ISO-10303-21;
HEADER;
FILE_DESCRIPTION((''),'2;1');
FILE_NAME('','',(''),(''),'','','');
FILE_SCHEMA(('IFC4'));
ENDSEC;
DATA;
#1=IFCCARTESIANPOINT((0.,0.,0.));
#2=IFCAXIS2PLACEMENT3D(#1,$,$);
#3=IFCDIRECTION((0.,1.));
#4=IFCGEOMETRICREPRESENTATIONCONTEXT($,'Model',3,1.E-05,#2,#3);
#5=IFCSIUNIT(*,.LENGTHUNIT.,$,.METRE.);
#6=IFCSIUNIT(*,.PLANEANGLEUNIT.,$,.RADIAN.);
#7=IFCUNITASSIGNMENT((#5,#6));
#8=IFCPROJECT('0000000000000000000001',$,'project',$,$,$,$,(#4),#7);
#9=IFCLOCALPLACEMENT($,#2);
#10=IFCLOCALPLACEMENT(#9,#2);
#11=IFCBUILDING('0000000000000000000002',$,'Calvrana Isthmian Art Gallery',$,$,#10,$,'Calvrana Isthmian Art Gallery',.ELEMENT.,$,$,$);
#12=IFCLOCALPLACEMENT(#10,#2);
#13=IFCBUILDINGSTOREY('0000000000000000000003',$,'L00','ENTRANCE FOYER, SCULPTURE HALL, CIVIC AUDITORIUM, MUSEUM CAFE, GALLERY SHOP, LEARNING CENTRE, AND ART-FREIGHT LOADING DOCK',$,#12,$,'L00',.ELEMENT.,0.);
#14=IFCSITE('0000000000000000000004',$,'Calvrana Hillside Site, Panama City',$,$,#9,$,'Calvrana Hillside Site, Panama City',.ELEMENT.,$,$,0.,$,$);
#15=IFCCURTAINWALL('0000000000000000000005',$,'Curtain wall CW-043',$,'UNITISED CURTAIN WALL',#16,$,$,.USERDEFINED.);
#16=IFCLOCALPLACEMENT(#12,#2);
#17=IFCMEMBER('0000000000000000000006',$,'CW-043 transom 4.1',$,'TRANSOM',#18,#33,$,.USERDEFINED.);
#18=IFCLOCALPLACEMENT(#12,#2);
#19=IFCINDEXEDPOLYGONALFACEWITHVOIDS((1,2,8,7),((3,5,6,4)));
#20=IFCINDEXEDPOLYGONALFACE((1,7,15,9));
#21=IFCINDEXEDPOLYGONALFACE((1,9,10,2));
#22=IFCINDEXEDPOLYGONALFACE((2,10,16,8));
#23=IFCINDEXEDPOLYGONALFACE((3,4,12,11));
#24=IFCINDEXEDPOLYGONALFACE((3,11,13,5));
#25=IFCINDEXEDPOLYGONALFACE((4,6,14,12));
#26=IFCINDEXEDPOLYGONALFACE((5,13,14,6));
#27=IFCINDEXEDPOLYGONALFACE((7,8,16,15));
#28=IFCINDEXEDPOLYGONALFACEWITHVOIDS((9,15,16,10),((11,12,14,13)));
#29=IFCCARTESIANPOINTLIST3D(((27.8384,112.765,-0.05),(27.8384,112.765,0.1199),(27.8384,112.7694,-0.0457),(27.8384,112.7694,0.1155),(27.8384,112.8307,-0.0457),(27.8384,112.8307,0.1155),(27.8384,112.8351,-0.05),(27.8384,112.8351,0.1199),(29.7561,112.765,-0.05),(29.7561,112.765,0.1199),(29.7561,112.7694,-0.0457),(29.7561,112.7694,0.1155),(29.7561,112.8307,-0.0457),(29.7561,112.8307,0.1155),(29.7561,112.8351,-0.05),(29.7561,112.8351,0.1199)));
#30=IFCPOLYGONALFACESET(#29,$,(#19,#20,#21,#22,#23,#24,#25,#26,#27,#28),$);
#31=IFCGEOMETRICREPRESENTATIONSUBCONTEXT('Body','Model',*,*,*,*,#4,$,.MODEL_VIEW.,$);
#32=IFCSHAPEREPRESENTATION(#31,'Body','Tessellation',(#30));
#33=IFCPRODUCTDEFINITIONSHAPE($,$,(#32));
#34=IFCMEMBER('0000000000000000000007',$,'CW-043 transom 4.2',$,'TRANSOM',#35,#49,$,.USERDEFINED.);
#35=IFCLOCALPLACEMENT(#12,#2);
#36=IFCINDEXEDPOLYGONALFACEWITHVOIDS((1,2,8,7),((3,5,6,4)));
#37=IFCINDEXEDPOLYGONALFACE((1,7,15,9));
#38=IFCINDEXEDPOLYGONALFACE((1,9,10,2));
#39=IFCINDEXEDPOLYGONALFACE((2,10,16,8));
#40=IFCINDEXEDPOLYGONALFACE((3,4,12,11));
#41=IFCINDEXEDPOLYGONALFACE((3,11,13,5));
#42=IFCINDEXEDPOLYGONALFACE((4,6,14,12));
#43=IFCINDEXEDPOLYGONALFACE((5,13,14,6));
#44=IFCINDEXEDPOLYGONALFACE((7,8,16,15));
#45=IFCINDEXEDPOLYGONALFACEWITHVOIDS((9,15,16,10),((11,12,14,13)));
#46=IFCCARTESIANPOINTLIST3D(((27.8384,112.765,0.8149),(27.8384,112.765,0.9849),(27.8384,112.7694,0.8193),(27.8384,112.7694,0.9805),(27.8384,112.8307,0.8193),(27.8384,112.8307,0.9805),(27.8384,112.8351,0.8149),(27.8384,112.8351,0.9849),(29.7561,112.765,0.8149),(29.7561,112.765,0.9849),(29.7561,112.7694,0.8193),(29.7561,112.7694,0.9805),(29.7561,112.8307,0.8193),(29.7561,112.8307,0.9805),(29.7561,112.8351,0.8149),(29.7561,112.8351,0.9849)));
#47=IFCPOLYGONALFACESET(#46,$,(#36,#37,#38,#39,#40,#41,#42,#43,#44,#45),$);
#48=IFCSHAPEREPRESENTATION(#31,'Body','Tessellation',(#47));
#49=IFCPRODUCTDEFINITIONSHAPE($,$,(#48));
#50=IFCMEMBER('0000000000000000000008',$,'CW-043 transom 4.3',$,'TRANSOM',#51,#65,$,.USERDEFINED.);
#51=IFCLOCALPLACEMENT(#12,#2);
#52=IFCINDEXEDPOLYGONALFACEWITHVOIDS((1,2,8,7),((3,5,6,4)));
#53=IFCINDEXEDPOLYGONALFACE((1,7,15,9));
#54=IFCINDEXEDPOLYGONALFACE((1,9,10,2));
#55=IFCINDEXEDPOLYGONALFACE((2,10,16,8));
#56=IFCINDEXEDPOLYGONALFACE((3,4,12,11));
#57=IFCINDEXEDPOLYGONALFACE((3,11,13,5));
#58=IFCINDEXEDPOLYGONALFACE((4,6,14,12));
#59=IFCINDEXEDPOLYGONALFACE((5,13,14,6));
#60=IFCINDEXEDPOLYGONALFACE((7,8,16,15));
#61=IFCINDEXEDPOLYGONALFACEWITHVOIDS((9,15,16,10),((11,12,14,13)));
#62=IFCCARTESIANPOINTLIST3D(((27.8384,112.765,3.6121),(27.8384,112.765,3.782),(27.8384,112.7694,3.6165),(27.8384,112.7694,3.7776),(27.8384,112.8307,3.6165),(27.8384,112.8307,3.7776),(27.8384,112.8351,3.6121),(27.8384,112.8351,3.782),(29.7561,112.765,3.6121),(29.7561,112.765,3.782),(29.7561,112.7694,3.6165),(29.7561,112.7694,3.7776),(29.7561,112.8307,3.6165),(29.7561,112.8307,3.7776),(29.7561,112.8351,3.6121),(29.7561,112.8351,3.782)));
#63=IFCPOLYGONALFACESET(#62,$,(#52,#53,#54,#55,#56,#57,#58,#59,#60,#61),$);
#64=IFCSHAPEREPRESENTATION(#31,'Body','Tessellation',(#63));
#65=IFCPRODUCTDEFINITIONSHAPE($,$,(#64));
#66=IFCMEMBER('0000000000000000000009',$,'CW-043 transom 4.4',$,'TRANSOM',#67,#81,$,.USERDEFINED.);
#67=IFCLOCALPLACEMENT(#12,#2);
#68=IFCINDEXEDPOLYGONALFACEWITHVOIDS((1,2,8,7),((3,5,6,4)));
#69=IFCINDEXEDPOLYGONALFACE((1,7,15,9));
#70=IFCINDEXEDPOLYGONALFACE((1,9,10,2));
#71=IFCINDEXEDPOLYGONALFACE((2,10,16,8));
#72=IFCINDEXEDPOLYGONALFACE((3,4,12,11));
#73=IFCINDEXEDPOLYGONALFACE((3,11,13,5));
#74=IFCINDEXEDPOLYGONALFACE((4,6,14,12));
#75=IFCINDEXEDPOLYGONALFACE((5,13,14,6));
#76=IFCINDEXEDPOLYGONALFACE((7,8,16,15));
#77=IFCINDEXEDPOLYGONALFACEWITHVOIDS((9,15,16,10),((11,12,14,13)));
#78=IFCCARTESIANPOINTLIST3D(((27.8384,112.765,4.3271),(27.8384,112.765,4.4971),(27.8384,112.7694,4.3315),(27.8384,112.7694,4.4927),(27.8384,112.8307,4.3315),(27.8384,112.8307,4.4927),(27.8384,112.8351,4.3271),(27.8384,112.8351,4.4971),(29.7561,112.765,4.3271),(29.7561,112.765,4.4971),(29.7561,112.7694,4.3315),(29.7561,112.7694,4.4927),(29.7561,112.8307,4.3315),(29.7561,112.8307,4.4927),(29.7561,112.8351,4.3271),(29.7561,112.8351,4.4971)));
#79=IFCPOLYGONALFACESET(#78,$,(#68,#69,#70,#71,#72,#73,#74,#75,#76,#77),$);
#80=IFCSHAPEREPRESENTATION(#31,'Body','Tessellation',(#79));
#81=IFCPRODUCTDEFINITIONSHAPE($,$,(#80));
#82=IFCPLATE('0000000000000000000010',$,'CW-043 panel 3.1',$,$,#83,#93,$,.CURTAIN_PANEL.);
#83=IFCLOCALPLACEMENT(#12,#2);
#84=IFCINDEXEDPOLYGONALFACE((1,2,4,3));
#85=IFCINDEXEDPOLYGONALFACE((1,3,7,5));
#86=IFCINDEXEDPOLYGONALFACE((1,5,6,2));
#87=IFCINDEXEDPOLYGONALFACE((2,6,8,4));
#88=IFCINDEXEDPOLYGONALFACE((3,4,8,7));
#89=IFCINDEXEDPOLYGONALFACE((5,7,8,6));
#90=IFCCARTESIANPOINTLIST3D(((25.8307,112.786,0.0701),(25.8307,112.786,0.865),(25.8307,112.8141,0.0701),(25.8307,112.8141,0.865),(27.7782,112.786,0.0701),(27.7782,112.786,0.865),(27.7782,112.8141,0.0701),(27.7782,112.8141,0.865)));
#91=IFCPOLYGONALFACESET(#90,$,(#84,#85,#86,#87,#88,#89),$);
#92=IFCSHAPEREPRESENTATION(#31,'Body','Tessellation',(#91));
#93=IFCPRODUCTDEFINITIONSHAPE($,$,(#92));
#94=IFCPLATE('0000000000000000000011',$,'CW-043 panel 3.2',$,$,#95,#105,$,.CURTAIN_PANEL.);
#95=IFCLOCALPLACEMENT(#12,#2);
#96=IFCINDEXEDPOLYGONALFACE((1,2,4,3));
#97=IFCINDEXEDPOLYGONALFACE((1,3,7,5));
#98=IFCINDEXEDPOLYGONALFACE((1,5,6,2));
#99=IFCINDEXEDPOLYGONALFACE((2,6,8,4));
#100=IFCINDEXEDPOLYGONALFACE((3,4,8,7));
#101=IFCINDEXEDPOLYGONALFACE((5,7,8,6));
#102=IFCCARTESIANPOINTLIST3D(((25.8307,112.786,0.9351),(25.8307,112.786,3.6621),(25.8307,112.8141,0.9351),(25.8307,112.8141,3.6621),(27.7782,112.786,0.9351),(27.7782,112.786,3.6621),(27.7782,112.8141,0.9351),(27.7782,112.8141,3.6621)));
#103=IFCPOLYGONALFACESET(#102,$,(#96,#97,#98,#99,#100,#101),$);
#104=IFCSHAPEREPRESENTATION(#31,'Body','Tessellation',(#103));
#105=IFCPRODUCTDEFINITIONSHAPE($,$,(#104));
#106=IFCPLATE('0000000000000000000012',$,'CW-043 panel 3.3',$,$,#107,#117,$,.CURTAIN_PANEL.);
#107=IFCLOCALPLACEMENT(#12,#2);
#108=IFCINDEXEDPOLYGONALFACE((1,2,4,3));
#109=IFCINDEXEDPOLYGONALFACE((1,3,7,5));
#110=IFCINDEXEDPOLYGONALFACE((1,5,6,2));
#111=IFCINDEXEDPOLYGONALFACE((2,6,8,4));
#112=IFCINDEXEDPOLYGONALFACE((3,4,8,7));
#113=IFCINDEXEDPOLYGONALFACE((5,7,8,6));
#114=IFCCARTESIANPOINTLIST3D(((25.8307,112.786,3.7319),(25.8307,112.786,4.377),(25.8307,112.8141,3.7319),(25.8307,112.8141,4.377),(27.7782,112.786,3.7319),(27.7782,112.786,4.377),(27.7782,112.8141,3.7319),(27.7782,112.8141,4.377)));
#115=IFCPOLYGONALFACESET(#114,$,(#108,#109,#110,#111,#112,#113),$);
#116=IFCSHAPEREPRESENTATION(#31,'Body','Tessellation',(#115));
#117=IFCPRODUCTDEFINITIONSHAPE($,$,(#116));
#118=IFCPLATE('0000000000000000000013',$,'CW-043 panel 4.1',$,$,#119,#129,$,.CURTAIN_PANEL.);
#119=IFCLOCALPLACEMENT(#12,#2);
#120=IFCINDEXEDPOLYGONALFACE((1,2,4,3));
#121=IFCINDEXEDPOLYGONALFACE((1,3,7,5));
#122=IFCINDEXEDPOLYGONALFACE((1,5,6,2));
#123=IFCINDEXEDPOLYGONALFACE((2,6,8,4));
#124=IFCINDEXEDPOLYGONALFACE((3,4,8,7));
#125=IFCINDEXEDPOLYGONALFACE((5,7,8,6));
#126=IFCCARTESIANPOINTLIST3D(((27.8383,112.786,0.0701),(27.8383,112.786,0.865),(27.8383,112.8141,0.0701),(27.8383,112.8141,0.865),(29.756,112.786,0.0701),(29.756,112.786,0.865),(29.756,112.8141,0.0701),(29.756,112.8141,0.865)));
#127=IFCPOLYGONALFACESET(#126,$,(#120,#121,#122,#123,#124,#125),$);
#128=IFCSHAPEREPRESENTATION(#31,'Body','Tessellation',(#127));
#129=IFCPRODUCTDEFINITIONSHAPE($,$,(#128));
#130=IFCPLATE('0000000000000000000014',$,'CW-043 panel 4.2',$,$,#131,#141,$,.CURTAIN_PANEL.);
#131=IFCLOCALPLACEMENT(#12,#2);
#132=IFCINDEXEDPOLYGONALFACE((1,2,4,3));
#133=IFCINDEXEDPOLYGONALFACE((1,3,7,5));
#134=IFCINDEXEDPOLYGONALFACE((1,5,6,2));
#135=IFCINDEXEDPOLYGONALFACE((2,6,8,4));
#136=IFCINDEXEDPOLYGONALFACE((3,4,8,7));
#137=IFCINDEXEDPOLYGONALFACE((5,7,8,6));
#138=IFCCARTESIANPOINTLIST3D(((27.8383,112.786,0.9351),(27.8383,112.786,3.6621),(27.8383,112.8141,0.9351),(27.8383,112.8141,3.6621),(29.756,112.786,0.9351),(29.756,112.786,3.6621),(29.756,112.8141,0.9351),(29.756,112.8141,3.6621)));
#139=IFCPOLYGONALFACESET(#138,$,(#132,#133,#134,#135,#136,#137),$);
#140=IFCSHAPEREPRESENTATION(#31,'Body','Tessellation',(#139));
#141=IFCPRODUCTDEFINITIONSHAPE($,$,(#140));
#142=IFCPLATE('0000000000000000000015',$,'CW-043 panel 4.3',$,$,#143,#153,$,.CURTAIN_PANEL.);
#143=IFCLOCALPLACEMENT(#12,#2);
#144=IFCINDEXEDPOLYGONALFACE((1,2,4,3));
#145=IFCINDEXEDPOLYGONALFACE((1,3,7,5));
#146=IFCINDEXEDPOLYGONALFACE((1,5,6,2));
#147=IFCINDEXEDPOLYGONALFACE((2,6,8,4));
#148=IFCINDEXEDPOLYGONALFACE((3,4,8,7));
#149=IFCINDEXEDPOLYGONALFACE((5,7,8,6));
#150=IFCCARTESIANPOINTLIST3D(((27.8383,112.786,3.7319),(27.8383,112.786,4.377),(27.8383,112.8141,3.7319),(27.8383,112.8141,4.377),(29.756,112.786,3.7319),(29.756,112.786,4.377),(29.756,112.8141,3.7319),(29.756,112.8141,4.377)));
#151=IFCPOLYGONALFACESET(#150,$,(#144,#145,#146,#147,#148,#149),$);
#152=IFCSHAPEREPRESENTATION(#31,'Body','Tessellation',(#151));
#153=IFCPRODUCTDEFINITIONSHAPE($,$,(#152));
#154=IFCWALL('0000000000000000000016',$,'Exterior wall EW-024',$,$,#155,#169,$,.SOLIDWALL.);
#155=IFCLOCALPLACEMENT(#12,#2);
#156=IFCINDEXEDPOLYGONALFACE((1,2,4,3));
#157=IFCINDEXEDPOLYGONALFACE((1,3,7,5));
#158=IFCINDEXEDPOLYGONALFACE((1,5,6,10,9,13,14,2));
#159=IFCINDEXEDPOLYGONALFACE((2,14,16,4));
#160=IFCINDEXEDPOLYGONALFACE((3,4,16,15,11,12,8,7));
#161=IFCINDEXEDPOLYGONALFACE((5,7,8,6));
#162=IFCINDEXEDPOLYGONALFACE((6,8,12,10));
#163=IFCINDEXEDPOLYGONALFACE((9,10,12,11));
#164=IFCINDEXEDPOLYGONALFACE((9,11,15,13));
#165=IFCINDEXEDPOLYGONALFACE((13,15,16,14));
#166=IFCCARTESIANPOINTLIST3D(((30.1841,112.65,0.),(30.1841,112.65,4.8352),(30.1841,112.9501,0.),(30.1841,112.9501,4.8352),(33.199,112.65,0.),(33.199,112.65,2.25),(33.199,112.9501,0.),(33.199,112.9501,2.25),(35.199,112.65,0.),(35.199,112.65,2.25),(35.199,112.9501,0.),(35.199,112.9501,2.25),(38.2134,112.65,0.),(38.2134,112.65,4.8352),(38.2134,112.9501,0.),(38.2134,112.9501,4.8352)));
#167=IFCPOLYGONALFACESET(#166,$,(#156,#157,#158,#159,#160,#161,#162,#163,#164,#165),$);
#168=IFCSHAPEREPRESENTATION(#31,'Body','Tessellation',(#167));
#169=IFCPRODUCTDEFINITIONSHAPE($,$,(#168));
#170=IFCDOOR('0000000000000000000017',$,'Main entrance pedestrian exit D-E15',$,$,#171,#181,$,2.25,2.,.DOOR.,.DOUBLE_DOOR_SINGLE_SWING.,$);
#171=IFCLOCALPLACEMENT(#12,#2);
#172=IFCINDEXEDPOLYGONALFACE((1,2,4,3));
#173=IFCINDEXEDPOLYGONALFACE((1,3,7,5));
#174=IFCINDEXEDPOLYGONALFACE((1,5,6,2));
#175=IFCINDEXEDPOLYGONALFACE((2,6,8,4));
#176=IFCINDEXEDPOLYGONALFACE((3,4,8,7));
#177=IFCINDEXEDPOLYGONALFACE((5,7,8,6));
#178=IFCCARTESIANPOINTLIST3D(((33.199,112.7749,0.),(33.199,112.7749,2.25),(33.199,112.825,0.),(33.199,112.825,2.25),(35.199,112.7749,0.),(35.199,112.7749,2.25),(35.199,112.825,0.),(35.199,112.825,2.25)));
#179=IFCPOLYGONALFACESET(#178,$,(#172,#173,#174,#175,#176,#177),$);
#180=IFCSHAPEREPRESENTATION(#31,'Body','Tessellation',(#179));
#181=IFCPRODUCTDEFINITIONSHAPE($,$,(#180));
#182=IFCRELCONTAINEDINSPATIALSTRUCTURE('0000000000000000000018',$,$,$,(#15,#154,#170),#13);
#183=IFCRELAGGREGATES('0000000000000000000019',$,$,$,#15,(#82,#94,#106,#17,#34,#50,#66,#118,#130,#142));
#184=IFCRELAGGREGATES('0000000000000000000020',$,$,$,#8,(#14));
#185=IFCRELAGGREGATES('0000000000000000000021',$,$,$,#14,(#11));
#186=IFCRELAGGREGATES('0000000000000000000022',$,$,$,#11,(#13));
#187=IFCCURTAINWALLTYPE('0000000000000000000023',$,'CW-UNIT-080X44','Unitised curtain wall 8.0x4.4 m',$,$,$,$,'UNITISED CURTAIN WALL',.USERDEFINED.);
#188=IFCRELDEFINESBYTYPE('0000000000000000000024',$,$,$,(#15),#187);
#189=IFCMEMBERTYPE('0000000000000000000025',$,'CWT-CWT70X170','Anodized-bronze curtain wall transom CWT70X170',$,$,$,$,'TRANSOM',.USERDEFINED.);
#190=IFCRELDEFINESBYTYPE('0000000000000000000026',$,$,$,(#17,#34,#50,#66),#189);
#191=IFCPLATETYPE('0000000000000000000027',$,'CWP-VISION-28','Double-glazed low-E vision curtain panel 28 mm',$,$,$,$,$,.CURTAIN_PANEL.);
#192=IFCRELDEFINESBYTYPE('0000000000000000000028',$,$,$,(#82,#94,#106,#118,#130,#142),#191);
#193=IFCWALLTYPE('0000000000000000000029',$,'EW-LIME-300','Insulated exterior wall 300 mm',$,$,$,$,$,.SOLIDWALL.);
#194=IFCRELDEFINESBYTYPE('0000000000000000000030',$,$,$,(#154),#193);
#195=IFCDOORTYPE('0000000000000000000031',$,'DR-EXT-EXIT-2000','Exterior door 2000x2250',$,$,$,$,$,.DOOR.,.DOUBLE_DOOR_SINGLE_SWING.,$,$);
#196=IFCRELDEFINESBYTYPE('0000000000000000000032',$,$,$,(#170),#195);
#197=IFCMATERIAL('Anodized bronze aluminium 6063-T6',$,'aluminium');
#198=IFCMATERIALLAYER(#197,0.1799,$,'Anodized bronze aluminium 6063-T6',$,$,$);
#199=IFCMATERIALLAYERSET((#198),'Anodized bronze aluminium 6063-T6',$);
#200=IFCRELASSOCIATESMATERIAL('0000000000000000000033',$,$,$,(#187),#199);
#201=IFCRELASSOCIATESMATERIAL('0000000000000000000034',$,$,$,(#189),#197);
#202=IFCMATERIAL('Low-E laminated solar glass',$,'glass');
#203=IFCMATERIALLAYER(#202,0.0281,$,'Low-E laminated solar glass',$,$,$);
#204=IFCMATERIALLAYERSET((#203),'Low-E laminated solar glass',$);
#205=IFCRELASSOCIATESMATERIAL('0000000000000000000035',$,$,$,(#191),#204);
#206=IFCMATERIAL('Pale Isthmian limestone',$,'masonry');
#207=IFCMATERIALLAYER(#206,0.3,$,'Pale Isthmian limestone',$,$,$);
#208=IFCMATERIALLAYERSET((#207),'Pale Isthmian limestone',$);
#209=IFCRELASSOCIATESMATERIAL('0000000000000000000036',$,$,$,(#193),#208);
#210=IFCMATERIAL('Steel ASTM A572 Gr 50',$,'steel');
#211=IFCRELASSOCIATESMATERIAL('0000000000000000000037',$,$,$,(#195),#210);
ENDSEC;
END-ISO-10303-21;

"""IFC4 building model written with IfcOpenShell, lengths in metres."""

from ifc_helpers import new_model, si_unit, direction, frame, frame_2d, origin, origin_2d, place, context, subcontext, project, spatial, rectangle, hollow_rectangle, extrude, material, layer, layer_set, material_profile, profile_set, type_object, element, fill, aggregate, save


model = new_model("IFC4")

# Units and contexts
model_context = context("Model", 3, precision=1e-05, world=origin(), true_north=direction((0.0, 1.0)))
body_context = subcontext(model_context, "Body", "Model", "MODEL_VIEW")
ifc_project = project(units=[si_unit("LENGTHUNIT", "METRE"), si_unit("PLANEANGLEUNIT", "RADIAN")], contexts=[model_context])

# Site, building, storey
site_placement = place(None, origin())
site = spatial("IfcSite", under=ifc_project, at=site_placement, Name="Calvrana Hillside Site, Panama City", LongName="Calvrana Hillside Site, Panama City", CompositionType="ELEMENT", RefElevation=0.0)
building_placement = place(site_placement, origin())
building = spatial("IfcBuilding", under=site, at=building_placement, Name="Calvrana Isthmian Art Gallery", LongName="Calvrana Isthmian Art Gallery", CompositionType="ELEMENT")
storey_placement = place(building_placement, origin())
storey = spatial("IfcBuildingStorey", under=building, at=storey_placement, Name="L00", Description="ENTRANCE FOYER, SCULPTURE HALL, CIVIC AUDITORIUM, MUSEUM CAFE, GALLERY SHOP, LEARNING CENTRE, AND ART-FREIGHT LOADING DOCK", LongName="L00", CompositionType="ELEMENT", Elevation=0.0)

# Curtain wall, members, plates
ifc_material_1 = material(Name="Anodized bronze aluminium 6063-T6", Category="aluminium")
ifc_layer_1 = layer(ifc_material_1, 0.1799, Name="Anodized bronze aluminium 6063-T6")
ifc_layer_set_1 = layer_set([ifc_layer_1], Name="Anodized bronze aluminium 6063-T6")
curtain_wall_type = type_object("IfcCurtainWallType", Name="CW-UNIT-080X44", Description="Unitised curtain wall 8.0x4.4 m", ElementType="UNITISED CURTAIN WALL", PredefinedType="USERDEFINED", material=ifc_layer_set_1)
curtain_wall_placement = place(storey_placement, origin())
curtain_wall = element("IfcCurtainWall", 1, at=curtain_wall_placement, inside=storey, type_object=curtain_wall_type, Name="Curtain wall CW-043", ObjectType="UNITISED CURTAIN WALL", PredefinedType="USERDEFINED")
ifc_material_profile_1 = material_profile(ifc_material_1, hollow_rectangle(XDim=0.0701, YDim=0.1699, WallThickness=0.0044, at=origin_2d()), Name="CWT70X170")
ifc_profile_set_1 = profile_set([ifc_material_profile_1], Name="Anodized bronze aluminium 6063-T6")
member_type_1 = type_object("IfcMemberType", Name="CWT-CWT70X170", Description="Anodized-bronze curtain wall transom CWT70X170", ElementType="TRANSOM", PredefinedType="USERDEFINED", material=ifc_profile_set_1)
member_1_placement = place(storey_placement, frame((27.8384, 112.8, 0.0349), z_axis=(1.0, 0.0, 0.0), x_axis=(0.0, 1.0, 0.0)))
member_1 = element("IfcMember", 2, at=member_1_placement, type_object=member_type_1, Name="CW-043 transom 4.1", ObjectType="TRANSOM", PredefinedType="USERDEFINED", context=body_context, shape_type="SweptSolid", body=[
    extrude(hollow_rectangle(XDim=0.0701, YDim=0.1699, WallThickness=0.0044, at=origin_2d()), origin(), (0.0, 0.0, 1.0), 1.9177),
])
member_2_placement = place(storey_placement, frame((27.8384, 112.8, 0.8999), z_axis=(1.0, 0.0, 0.0), x_axis=(0.0, 1.0, 0.0)))
member_2 = element("IfcMember", 3, at=member_2_placement, type_object=member_type_1, Name="CW-043 transom 4.2", ObjectType="TRANSOM", PredefinedType="USERDEFINED", context=body_context, shape_type="SweptSolid", body=[
    extrude(hollow_rectangle(XDim=0.0701, YDim=0.1699, WallThickness=0.0044, at=origin_2d()), origin(), (0.0, 0.0, 1.0), 1.9177),
])
member_3_placement = place(storey_placement, frame((27.8384, 112.8, 3.697), z_axis=(1.0, 0.0, 0.0), x_axis=(0.0, 1.0, 0.0)))
member_3 = element("IfcMember", 4, at=member_3_placement, type_object=member_type_1, Name="CW-043 transom 4.3", ObjectType="TRANSOM", PredefinedType="USERDEFINED", context=body_context, shape_type="SweptSolid", body=[
    extrude(hollow_rectangle(XDim=0.0701, YDim=0.1699, WallThickness=0.0044, at=origin_2d()), origin(), (0.0, 0.0, 1.0), 1.9177),
])
member_4_placement = place(storey_placement, frame((27.8384, 112.8, 4.4121), z_axis=(1.0, 0.0, 0.0), x_axis=(0.0, 1.0, 0.0)))
member_4 = element("IfcMember", 5, at=member_4_placement, type_object=member_type_1, Name="CW-043 transom 4.4", ObjectType="TRANSOM", PredefinedType="USERDEFINED", context=body_context, shape_type="SweptSolid", body=[
    extrude(hollow_rectangle(XDim=0.0701, YDim=0.1699, WallThickness=0.0044, at=origin_2d()), origin(), (0.0, 0.0, 1.0), 1.9177),
])
ifc_material_2 = material(Name="Low-E laminated solar glass", Category="glass")
ifc_layer_2 = layer(ifc_material_2, 0.0281, Name="Low-E laminated solar glass")
ifc_layer_set_2 = layer_set([ifc_layer_2], Name="Low-E laminated solar glass")
plate_type = type_object("IfcPlateType", Name="CWP-VISION-28", Description="Double-glazed low-E vision curtain panel 28 mm", PredefinedType="CURTAIN_PANEL", material=ifc_layer_set_2)
plate_1_placement = place(storey_placement, frame((26.8044, 112.8, 0.0701), z_axis=(0.0, 0.0, 1.0), x_axis=(1.0, 0.0, 0.0)))
plate_1 = element("IfcPlate", 6, at=plate_1_placement, type_object=plate_type, Name="CW-043 panel 3.1", PredefinedType="CURTAIN_PANEL", context=body_context, shape_type="SweptSolid", body=[
    extrude(rectangle(XDim=1.9475, YDim=0.0281, at=origin_2d()), origin(), (0.0, 0.0, 1.0), 0.7949),
])
plate_2_placement = place(storey_placement, frame((26.8044, 112.8, 0.9351), z_axis=(0.0, 0.0, 1.0), x_axis=(1.0, 0.0, 0.0)))
plate_2 = element("IfcPlate", 7, at=plate_2_placement, type_object=plate_type, Name="CW-043 panel 3.2", PredefinedType="CURTAIN_PANEL", context=body_context, shape_type="SweptSolid", body=[
    extrude(rectangle(XDim=1.9475, YDim=0.0281, at=origin_2d()), origin(), (0.0, 0.0, 1.0), 2.7271),
])
plate_3_placement = place(storey_placement, frame((26.8044, 112.8, 3.7319), z_axis=(0.0, 0.0, 1.0), x_axis=(1.0, 0.0, 0.0)))
plate_3 = element("IfcPlate", 8, at=plate_3_placement, type_object=plate_type, Name="CW-043 panel 3.3", PredefinedType="CURTAIN_PANEL", context=body_context, shape_type="SweptSolid", body=[
    extrude(rectangle(XDim=1.9475, YDim=0.0281, at=origin_2d()), origin(), (0.0, 0.0, 1.0), 0.645),
])
plate_4_placement = place(storey_placement, frame((28.7971, 112.8, 0.0701), z_axis=(0.0, 0.0, 1.0), x_axis=(1.0, 0.0, 0.0)))
plate_4 = element("IfcPlate", 9, at=plate_4_placement, type_object=plate_type, Name="CW-043 panel 4.1", PredefinedType="CURTAIN_PANEL", context=body_context, shape_type="SweptSolid", body=[
    extrude(rectangle(XDim=1.9177, YDim=0.0281, at=origin_2d()), origin(), (0.0, 0.0, 1.0), 0.7949),
])
plate_5_placement = place(storey_placement, frame((28.7971, 112.8, 0.9351), z_axis=(0.0, 0.0, 1.0), x_axis=(1.0, 0.0, 0.0)))
plate_5 = element("IfcPlate", 10, at=plate_5_placement, type_object=plate_type, Name="CW-043 panel 4.2", PredefinedType="CURTAIN_PANEL", context=body_context, shape_type="SweptSolid", body=[
    extrude(rectangle(XDim=1.9177, YDim=0.0281, at=origin_2d()), origin(), (0.0, 0.0, 1.0), 2.7271),
])
plate_6_placement = place(storey_placement, frame((28.7971, 112.8, 3.7319), z_axis=(0.0, 0.0, 1.0), x_axis=(1.0, 0.0, 0.0)))
plate_6 = element("IfcPlate", 11, at=plate_6_placement, type_object=plate_type, Name="CW-043 panel 4.3", PredefinedType="CURTAIN_PANEL", context=body_context, shape_type="SweptSolid", body=[
    extrude(rectangle(XDim=1.9177, YDim=0.0281, at=origin_2d()), origin(), (0.0, 0.0, 1.0), 0.645),
])
aggregate(curtain_wall, [plate_1, plate_2, plate_3, member_1, member_2, member_3, member_4, plate_4, plate_5, plate_6])

# Wall, opening, door
ifc_material_3 = material(Name="Pale Isthmian limestone", Category="masonry")
ifc_layer_3 = layer(ifc_material_3, 0.3, Name="Pale Isthmian limestone")
ifc_layer_set_3 = layer_set([ifc_layer_3], Name="Pale Isthmian limestone")
wall_type = type_object("IfcWallType", Name="EW-LIME-300", Description="Insulated exterior wall 300 mm", PredefinedType="SOLIDWALL", material=ifc_layer_set_3)
wall_placement = place(storey_placement, frame((30.1841, 112.8, 0.0), z_axis=(0.0, 0.0, 1.0), x_axis=(1.0, 0.0, 0.0)))
wall = element("IfcWall", 12, at=wall_placement, inside=storey, type_object=wall_type, Name="Exterior wall EW-024", PredefinedType="SOLIDWALL", context=body_context, shape_type="SweptSolid", body=[
    extrude(rectangle(XDim=8.0293, YDim=0.3, at=frame_2d((4.0146, 0.0))), origin(), (0.0, 0.0, 1.0), 4.8352),
])
opening_placement = place(wall_placement, frame((3.0149, 0.0, 0.0)))
opening = element("IfcOpeningElement", 13, at=opening_placement, cuts=wall, PredefinedType="OPENING", context=body_context, shape_type="SweptSolid", body=[
    extrude(rectangle(XDim=2.0, YDim=2.25, at=frame_2d((1.0, 1.125))), frame((0.0, 0.1602, 0.0), z_axis=(0.0, -1.0, 0.0), x_axis=(1.0, 0.0, 0.0)), (0.0, 0.0, 1.0), 0.3206),
])
ifc_material_4 = material(Name="Steel ASTM A572 Gr 50", Category="steel")
door_type = type_object("IfcDoorType", Name="DR-EXT-EXIT-2000", Description="Exterior door 2000x2250", OperationType="DOUBLE_DOOR_SINGLE_SWING", PredefinedType="DOOR", material=ifc_material_4)
door_placement = place(opening_placement, origin())
door = element("IfcDoor", 14, at=door_placement, inside=storey, type_object=door_type, Name="Main entrance pedestrian exit D-E15", OperationType="DOUBLE_DOOR_SINGLE_SWING", OverallHeight=2.25, OverallWidth=2.0, PredefinedType="DOOR", context=body_context, shape_type="SweptSolid", body=[
    extrude(rectangle(XDim=2.0, YDim=2.25, at=frame_2d((1.0, 1.125))), frame((0.0, 0.0249, 0.0), z_axis=(0.0, -1.0, 0.0), x_axis=(1.0, 0.0, 0.0)), (0.0, 0.0, 1.0), 0.05),
])
fill(opening, door)

save(model, "model.ifc")
